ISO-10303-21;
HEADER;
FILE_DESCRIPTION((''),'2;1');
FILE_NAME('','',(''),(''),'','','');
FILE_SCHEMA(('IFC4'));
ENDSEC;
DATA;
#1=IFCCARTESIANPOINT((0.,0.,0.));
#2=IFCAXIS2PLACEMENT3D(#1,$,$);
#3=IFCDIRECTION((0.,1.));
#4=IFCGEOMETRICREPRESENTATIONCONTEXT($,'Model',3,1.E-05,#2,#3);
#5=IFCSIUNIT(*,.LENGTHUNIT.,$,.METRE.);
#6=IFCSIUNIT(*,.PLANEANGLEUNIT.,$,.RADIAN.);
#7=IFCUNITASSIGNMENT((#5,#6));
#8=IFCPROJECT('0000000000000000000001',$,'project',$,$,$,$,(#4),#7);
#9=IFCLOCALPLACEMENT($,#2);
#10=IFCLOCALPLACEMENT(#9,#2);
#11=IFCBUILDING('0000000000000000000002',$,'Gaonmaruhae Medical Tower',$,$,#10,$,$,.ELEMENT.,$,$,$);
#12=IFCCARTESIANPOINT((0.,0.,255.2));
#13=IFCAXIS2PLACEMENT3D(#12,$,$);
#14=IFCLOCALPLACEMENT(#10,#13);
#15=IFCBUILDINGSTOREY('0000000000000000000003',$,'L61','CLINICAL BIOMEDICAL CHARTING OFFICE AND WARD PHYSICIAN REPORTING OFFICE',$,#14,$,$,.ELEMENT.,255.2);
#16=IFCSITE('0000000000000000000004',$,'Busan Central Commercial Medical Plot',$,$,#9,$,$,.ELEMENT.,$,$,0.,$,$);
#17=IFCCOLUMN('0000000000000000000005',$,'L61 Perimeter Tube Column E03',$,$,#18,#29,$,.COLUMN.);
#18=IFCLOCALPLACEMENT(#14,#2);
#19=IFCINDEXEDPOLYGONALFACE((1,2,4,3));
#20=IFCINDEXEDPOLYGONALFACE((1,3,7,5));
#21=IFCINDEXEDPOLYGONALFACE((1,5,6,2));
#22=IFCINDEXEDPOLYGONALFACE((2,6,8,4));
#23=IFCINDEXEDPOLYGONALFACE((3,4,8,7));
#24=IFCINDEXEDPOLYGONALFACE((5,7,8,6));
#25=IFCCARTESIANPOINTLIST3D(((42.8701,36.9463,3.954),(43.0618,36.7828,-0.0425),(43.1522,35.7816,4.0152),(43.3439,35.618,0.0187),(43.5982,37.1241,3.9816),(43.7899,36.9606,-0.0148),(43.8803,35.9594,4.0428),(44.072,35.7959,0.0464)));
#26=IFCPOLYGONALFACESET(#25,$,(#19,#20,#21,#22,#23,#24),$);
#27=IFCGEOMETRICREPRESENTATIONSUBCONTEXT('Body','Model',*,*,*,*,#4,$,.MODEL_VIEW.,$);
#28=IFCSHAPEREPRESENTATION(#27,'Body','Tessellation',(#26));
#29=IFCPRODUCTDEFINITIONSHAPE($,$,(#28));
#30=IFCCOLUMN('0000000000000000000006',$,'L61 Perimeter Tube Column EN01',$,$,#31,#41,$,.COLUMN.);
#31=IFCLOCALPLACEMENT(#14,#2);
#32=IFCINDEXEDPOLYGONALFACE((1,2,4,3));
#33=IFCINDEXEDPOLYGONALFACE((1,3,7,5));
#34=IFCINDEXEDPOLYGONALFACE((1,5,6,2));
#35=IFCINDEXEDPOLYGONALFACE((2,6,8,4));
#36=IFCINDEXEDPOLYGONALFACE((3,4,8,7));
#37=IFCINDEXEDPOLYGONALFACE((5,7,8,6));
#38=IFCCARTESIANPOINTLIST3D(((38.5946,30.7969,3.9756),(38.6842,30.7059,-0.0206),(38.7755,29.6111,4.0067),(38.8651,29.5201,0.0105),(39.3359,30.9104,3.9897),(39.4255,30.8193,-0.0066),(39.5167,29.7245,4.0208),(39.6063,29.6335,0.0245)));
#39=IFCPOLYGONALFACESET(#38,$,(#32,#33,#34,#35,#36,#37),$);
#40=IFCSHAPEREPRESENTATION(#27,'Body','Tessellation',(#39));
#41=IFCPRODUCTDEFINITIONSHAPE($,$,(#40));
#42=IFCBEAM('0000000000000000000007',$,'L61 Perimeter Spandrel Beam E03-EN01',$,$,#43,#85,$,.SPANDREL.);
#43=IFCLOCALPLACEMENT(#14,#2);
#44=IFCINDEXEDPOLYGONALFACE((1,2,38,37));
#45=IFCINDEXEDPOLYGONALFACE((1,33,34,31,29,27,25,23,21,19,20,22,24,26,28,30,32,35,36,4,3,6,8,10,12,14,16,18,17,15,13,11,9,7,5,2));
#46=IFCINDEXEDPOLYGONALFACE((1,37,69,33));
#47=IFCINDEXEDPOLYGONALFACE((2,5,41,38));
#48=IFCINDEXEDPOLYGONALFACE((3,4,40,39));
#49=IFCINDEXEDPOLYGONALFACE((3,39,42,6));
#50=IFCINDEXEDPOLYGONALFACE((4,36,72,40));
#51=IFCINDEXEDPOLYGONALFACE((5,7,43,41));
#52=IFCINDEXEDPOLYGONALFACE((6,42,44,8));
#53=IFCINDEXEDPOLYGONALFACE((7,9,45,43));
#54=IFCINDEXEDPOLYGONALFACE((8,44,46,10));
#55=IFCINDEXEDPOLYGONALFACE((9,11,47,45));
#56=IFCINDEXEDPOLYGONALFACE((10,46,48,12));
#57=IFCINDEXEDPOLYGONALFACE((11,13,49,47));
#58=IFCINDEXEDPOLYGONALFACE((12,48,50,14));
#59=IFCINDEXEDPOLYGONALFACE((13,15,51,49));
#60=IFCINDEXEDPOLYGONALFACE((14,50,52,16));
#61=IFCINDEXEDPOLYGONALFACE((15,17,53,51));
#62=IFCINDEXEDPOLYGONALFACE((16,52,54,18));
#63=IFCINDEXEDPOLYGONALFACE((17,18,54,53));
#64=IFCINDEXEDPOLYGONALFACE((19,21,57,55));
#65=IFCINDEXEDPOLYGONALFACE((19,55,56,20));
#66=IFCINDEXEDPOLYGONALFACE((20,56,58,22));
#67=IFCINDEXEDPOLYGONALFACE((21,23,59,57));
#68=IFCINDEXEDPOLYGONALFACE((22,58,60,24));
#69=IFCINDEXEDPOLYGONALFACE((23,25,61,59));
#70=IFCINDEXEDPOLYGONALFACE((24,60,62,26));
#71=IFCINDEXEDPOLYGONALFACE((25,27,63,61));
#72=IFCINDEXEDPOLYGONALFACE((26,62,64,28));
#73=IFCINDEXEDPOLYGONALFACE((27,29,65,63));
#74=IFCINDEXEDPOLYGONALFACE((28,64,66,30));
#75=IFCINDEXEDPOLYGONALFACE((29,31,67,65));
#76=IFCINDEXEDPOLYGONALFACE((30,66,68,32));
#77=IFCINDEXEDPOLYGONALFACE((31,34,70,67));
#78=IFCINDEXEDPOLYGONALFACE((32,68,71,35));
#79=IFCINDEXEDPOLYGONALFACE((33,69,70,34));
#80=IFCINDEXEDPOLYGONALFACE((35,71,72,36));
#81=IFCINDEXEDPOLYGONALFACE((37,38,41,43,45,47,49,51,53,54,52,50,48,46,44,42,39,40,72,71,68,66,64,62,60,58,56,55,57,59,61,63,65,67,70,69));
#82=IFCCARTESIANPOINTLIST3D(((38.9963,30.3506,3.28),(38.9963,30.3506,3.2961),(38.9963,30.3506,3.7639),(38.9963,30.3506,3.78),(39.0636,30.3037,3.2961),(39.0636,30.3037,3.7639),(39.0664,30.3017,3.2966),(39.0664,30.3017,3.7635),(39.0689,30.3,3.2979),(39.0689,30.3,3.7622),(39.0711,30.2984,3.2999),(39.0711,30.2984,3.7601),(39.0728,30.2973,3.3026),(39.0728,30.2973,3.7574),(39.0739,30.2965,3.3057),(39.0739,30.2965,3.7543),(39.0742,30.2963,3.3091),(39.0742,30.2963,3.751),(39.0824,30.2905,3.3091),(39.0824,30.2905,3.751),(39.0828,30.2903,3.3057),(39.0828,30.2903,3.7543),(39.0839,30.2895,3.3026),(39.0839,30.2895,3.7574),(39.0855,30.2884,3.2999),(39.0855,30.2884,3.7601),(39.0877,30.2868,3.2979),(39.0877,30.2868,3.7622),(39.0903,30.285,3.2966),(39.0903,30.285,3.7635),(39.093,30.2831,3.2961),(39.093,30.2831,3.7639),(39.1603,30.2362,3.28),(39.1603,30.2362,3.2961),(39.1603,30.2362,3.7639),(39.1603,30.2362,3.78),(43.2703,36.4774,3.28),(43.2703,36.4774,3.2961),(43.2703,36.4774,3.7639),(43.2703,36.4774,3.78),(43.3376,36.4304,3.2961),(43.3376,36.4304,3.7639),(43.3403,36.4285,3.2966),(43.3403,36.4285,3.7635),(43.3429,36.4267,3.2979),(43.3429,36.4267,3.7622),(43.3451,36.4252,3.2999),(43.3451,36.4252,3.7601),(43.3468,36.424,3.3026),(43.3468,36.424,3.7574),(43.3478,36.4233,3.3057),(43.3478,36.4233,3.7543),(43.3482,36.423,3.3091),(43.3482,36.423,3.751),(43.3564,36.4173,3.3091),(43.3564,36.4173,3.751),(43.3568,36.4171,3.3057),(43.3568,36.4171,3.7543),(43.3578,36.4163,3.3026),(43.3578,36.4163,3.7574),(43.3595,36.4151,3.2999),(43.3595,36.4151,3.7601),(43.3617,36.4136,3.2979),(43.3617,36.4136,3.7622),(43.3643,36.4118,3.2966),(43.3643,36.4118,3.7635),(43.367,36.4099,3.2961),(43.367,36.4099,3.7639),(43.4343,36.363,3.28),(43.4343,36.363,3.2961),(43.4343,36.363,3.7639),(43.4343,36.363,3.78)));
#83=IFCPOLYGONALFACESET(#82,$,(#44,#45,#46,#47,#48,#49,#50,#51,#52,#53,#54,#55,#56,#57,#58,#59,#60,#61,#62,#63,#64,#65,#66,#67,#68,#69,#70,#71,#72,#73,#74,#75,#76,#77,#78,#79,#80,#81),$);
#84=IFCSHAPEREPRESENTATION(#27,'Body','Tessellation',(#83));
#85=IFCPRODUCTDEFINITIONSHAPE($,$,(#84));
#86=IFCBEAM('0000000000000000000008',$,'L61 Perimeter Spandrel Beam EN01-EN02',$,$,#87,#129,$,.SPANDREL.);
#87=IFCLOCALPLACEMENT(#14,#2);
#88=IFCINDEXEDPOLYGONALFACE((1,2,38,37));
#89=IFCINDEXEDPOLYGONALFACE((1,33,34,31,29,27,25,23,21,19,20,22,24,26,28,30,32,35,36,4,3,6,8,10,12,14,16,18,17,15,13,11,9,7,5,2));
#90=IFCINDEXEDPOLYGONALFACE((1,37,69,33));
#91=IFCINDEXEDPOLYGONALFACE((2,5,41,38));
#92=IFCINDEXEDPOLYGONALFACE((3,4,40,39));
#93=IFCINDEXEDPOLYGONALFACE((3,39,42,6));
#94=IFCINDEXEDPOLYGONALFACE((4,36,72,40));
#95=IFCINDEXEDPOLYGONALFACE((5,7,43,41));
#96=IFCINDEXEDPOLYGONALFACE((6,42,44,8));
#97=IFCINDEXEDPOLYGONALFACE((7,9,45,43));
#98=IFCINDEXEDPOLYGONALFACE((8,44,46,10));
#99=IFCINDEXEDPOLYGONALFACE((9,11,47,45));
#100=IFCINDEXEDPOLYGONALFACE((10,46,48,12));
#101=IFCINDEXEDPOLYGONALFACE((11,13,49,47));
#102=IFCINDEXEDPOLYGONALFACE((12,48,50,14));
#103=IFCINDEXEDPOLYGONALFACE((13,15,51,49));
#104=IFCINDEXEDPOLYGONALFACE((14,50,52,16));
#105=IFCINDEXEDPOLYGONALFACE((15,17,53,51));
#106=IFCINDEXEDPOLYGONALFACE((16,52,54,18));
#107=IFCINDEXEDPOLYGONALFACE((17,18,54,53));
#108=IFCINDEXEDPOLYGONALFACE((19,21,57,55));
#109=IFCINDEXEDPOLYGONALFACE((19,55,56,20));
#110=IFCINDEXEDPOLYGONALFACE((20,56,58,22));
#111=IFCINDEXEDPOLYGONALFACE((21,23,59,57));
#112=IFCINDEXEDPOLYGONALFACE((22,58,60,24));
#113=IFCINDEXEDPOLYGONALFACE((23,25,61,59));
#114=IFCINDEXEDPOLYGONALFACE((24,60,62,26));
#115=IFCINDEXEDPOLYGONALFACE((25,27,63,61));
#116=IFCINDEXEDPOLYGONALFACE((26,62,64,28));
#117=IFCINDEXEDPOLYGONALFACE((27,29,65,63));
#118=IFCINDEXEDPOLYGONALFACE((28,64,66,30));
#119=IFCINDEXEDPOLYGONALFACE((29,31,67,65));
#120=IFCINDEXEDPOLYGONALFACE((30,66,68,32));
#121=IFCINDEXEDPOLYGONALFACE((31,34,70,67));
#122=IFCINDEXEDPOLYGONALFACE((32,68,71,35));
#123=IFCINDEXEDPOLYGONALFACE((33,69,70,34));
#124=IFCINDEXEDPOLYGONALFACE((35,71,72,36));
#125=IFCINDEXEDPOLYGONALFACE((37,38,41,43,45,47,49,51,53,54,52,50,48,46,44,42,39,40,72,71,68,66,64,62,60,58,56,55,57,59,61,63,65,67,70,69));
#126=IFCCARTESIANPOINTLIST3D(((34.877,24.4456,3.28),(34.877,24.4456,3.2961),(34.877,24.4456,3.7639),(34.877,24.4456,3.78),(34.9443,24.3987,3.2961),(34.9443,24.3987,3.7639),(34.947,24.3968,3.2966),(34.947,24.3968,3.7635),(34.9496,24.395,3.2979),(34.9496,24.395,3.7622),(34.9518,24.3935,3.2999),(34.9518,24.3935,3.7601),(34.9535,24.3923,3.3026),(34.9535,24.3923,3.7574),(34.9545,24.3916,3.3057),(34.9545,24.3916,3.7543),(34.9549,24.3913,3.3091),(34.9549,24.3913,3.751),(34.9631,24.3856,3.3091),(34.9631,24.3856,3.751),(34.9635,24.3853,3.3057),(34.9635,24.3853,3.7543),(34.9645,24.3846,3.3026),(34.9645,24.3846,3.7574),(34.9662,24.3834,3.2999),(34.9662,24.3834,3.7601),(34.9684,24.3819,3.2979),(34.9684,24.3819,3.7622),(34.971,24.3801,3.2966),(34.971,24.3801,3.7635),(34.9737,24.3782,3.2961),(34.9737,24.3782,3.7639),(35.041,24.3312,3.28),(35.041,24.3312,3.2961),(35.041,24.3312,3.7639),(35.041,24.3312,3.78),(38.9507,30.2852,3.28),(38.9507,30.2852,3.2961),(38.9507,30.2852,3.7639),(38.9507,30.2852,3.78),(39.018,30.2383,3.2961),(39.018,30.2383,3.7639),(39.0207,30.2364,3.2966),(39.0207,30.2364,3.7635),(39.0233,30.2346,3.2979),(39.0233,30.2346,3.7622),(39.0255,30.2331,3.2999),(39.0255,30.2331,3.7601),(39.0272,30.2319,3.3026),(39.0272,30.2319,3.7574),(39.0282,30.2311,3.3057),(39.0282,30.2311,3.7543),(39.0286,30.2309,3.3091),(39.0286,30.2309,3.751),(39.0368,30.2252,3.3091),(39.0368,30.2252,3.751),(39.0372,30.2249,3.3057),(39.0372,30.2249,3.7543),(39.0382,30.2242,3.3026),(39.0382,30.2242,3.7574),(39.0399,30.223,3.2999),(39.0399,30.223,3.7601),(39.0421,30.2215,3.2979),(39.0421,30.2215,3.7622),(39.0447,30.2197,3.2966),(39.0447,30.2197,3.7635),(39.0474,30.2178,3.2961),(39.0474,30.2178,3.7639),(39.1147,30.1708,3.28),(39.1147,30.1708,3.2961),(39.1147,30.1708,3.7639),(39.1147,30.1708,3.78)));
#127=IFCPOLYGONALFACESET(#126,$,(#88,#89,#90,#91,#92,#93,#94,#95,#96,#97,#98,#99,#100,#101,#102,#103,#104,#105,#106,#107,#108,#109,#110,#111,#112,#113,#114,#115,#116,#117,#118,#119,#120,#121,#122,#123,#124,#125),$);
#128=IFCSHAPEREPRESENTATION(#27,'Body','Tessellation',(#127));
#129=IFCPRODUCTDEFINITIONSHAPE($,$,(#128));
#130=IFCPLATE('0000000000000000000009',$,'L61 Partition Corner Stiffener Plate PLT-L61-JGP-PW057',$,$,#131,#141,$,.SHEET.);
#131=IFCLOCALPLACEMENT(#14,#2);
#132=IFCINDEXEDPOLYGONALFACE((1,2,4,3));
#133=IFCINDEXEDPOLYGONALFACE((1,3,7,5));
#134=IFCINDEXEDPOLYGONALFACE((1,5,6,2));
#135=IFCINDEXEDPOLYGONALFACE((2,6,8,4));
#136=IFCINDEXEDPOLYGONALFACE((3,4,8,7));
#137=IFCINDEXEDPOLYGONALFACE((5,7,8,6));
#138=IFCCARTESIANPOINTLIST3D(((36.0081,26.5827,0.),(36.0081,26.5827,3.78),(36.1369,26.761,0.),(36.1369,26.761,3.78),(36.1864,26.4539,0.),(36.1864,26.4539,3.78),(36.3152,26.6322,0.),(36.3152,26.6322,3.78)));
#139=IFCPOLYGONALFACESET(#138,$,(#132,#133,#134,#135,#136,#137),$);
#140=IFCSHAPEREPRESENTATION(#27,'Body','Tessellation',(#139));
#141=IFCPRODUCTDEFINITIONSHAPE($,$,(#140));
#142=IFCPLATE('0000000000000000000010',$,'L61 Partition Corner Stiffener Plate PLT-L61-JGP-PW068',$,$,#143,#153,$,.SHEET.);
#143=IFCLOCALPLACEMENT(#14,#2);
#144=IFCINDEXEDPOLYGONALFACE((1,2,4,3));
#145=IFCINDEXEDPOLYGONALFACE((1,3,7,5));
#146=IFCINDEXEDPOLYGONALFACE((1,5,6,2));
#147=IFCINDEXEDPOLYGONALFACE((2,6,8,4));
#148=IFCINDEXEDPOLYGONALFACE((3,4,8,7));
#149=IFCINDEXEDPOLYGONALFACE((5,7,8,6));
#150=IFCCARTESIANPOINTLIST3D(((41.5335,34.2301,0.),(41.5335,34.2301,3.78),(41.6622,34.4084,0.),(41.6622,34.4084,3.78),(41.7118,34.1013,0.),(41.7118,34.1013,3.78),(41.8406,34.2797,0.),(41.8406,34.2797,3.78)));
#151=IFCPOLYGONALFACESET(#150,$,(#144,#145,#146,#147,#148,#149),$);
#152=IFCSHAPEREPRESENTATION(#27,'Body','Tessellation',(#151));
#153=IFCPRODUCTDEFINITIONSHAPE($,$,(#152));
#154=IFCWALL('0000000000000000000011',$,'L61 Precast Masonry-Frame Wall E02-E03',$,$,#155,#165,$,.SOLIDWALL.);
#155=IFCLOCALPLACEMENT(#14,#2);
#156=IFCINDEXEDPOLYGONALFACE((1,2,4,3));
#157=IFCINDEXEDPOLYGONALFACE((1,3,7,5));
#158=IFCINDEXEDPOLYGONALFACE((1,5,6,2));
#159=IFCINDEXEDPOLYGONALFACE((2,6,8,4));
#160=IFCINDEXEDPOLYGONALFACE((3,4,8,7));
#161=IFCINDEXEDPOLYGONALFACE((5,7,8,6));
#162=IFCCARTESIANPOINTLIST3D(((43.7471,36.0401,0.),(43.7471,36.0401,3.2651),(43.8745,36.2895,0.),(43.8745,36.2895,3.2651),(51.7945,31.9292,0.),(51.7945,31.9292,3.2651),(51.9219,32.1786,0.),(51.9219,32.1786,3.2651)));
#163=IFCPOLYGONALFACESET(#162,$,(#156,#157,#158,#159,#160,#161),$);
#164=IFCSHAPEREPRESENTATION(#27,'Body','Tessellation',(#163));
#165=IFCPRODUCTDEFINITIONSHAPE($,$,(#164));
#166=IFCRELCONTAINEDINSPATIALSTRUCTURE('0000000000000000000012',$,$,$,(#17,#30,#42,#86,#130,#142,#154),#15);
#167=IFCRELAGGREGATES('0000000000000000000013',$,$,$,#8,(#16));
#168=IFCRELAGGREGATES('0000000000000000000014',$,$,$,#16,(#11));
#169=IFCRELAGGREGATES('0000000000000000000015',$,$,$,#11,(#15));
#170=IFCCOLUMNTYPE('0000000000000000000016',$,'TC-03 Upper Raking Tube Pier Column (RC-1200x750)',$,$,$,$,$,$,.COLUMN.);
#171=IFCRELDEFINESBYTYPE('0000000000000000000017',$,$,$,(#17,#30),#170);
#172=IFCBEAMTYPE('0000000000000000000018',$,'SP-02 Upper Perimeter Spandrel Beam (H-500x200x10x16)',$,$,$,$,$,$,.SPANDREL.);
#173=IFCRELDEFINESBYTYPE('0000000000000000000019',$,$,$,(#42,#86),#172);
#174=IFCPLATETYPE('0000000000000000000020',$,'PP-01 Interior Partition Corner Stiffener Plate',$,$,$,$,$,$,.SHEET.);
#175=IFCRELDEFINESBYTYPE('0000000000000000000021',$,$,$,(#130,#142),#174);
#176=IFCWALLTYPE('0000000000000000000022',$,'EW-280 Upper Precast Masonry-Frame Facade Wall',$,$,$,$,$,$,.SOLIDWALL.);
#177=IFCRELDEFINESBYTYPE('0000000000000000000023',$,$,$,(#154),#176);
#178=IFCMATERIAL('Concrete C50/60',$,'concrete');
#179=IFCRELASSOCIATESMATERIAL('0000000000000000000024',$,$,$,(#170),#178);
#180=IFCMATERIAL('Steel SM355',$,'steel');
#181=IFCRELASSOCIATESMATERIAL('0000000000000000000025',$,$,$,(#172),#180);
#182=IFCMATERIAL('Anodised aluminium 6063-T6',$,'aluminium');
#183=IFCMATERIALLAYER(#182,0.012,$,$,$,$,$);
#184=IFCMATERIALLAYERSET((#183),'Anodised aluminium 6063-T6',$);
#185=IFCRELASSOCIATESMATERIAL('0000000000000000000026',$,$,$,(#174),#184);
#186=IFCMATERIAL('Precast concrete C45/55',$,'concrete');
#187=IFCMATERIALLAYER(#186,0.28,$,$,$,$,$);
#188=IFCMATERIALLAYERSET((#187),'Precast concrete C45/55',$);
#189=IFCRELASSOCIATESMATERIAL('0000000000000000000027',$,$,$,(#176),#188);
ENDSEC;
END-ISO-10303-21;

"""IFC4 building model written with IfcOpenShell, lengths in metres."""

from ifc_helpers import new_model, si_unit, direction, frame, frame_2d, origin, origin_2d, place, context, subcontext, project, spatial, rectangle, i_section, extrude, material, layer, layer_set, material_profile, profile_set, type_object, element, save


model = new_model("IFC4")

# Units and contexts
model_context = context("Model", 3, precision=1e-05, world=origin(), true_north=direction((0.0, 1.0)))
body_context = subcontext(model_context, "Body", "Model", "MODEL_VIEW")
ifc_project = project(units=[si_unit("LENGTHUNIT", "METRE"), si_unit("PLANEANGLEUNIT", "RADIAN")], contexts=[model_context])

# Site, building, storey
site_placement = place(None, origin())
site = spatial("IfcSite", under=ifc_project, at=site_placement, Name="Busan Central Commercial Medical Plot", CompositionType="ELEMENT", RefElevation=0.0)
building_placement = place(site_placement, origin())
building = spatial("IfcBuilding", under=site, at=building_placement, Name="Gaonmaruhae Medical Tower", CompositionType="ELEMENT")
storey_placement = place(building_placement, frame((0.0, 0.0, 255.2)))
storey = spatial("IfcBuildingStorey", under=building, at=storey_placement, Name="L61", Description="CLINICAL BIOMEDICAL CHARTING OFFICE AND WARD PHYSICIAN REPORTING OFFICE", CompositionType="ELEMENT", Elevation=255.2)

# Columns
ifc_material_1 = material(Name="Concrete C50/60", Category="concrete")
ifc_material_profile_1 = material_profile(ifc_material_1, rectangle(XDim=1.2, YDim=0.75, at=origin_2d()), Name="RC-1200x750")
ifc_profile_set_1 = profile_set([ifc_material_profile_1], Name="Concrete C50/60")
column_type = type_object("IfcColumnType", Name="TC-03 Upper Raking Tube Pier Column (RC-1200x750)", PredefinedType="COLUMN", material=ifc_profile_set_1)
column_1_placement = place(storey_placement, frame((43.5669, 36.2893, 0.002), z_axis=(-0.047861, 0.04085, 0.998018), x_axis=(0.235093, -0.970634, 0.051003)))
element("IfcColumn", 1, at=column_1_placement, inside=storey, type_object=column_type, Name="L61 Perimeter Tube Column E03", PredefinedType="COLUMN", context=body_context, shape_type="SweptSolid", body=[
    extrude(rectangle(XDim=1.2, YDim=0.75, at=origin_2d()), origin(), (0.0, 0.0, 1.0), 4.0044),
])
column_2_placement = place(storey_placement, frame((39.1453, 30.1697, 0.002), z_axis=(-0.022409, 0.022775, 0.999489), x_axis=(0.15072, -0.988237, 0.025898)))
element("IfcColumn", 2, at=column_2_placement, inside=storey, type_object=column_type, Name="L61 Perimeter Tube Column EN01", PredefinedType="COLUMN", context=body_context, shape_type="SweptSolid", body=[
    extrude(rectangle(XDim=1.2, YDim=0.75, at=origin_2d()), origin(), (0.0, 0.0, 1.0), 3.9983),
])

# Beams
ifc_material_2 = material(Name="Steel SM355", Category="steel")
ifc_material_profile_2 = material_profile(ifc_material_2, i_section(OverallWidth=0.2, OverallDepth=0.5, WebThickness=0.01, FlangeThickness=0.0161, FilletRadius=0.0129, at=origin_2d()), Name="H-500x200x10x16")
ifc_profile_set_2 = profile_set([ifc_material_profile_2], Name="Steel SM355")
beam_type = type_object("IfcBeamType", Name="SP-02 Upper Perimeter Spandrel Beam (H-500x200x10x16)", PredefinedType="SPANDREL", material=ifc_profile_set_2)
beam_1_placement = place(storey_placement, frame((43.3523, 36.4202, 3.53), z_axis=(-0.572135, -0.82016, 0.0), x_axis=(0.82016, -0.572135, 0.0)))
element("IfcBeam", 3, at=beam_1_placement, inside=storey, type_object=beam_type, Name="L61 Perimeter Spandrel Beam E03-EN01", PredefinedType="SPANDREL", context=body_context, shape_type="SweptSolid", body=[
    extrude(i_section(OverallWidth=0.2, OverallDepth=0.5, WebThickness=0.01, FlangeThickness=0.0161, FilletRadius=0.0129, at=origin_2d()), origin(), (0.0, 0.0, 1.0), 7.4702),
])
beam_2_placement = place(storey_placement, frame((39.0327, 30.228, 3.53), z_axis=(-0.572143, -0.820154, 0.0), x_axis=(0.820154, -0.572143, 0.0)))
element("IfcBeam", 4, at=beam_2_placement, inside=storey, type_object=beam_type, Name="L61 Perimeter Spandrel Beam EN01-EN02", PredefinedType="SPANDREL", context=body_context, shape_type="SweptSolid", body=[
    extrude(i_section(OverallWidth=0.2, OverallDepth=0.5, WebThickness=0.01, FlangeThickness=0.0161, FilletRadius=0.0129, at=origin_2d()), origin(), (0.0, 0.0, 1.0), 7.1201),
])

# Plates
ifc_material_3 = material(Name="Anodised aluminium 6063-T6", Category="aluminium")
ifc_layer_1 = layer(ifc_material_3, 0.012)
ifc_layer_set_1 = layer_set([ifc_layer_1], Name="Anodised aluminium 6063-T6")
plate_type = type_object("IfcPlateType", Name="PP-01 Interior Partition Corner Stiffener Plate", PredefinedType="SHEET", material=ifc_layer_set_1)
for number, where, z_axis, x_axis, name in (
    (5, (36.1616, 26.6074, 0.0), (0.0, 0.0, 1.0), (0.810614, -0.58558, 0.0), "L61 Partition Corner Stiffener Plate PLT-L61-JGP-PW057"),
    (6, (41.687, 34.2549, 0.0), (0.0, 0.0, 1.0), (0.810921, -0.585156, 0.0), "L61 Partition Corner Stiffener Plate PLT-L61-JGP-PW068"),
):
    element("IfcPlate", number, at=place(storey_placement, frame(where, z_axis=z_axis, x_axis=x_axis)), inside=storey, type_object=plate_type, Name=name, PredefinedType="SHEET", context=body_context, shape_type="SweptSolid", body=[
        extrude(rectangle(XDim=0.22, YDim=0.22, at=origin_2d()), origin(), (0.0, 0.0, 1.0), 3.78),
    ])

# Wall
ifc_material_4 = material(Name="Precast concrete C45/55", Category="concrete")
ifc_layer_2 = layer(ifc_material_4, 0.28)
ifc_layer_set_2 = layer_set([ifc_layer_2], Name="Precast concrete C45/55")
wall_type_1 = type_object("IfcWallType", Name="EW-280 Upper Precast Masonry-Frame Facade Wall", PredefinedType="SOLIDWALL", material=ifc_layer_set_2)
wall_1_placement = place(storey_placement, frame((43.8108, 36.1648, 0.0), z_axis=(0.0, 0.0, 1.0), x_axis=(0.890536, -0.454913, 0.0)))
element("IfcWall", 7, at=wall_1_placement, inside=storey, type_object=wall_type_1, Name="L61 Precast Masonry-Frame Wall E02-E03", PredefinedType="SOLIDWALL", context=body_context, shape_type="SweptSolid", body=[
    extrude(rectangle(XDim=9.0366, YDim=0.28, at=frame_2d((4.5183, 0.0))), origin(), (0.0, 0.0, 1.0), 3.2651),
])

save(model, "model.ifc")
